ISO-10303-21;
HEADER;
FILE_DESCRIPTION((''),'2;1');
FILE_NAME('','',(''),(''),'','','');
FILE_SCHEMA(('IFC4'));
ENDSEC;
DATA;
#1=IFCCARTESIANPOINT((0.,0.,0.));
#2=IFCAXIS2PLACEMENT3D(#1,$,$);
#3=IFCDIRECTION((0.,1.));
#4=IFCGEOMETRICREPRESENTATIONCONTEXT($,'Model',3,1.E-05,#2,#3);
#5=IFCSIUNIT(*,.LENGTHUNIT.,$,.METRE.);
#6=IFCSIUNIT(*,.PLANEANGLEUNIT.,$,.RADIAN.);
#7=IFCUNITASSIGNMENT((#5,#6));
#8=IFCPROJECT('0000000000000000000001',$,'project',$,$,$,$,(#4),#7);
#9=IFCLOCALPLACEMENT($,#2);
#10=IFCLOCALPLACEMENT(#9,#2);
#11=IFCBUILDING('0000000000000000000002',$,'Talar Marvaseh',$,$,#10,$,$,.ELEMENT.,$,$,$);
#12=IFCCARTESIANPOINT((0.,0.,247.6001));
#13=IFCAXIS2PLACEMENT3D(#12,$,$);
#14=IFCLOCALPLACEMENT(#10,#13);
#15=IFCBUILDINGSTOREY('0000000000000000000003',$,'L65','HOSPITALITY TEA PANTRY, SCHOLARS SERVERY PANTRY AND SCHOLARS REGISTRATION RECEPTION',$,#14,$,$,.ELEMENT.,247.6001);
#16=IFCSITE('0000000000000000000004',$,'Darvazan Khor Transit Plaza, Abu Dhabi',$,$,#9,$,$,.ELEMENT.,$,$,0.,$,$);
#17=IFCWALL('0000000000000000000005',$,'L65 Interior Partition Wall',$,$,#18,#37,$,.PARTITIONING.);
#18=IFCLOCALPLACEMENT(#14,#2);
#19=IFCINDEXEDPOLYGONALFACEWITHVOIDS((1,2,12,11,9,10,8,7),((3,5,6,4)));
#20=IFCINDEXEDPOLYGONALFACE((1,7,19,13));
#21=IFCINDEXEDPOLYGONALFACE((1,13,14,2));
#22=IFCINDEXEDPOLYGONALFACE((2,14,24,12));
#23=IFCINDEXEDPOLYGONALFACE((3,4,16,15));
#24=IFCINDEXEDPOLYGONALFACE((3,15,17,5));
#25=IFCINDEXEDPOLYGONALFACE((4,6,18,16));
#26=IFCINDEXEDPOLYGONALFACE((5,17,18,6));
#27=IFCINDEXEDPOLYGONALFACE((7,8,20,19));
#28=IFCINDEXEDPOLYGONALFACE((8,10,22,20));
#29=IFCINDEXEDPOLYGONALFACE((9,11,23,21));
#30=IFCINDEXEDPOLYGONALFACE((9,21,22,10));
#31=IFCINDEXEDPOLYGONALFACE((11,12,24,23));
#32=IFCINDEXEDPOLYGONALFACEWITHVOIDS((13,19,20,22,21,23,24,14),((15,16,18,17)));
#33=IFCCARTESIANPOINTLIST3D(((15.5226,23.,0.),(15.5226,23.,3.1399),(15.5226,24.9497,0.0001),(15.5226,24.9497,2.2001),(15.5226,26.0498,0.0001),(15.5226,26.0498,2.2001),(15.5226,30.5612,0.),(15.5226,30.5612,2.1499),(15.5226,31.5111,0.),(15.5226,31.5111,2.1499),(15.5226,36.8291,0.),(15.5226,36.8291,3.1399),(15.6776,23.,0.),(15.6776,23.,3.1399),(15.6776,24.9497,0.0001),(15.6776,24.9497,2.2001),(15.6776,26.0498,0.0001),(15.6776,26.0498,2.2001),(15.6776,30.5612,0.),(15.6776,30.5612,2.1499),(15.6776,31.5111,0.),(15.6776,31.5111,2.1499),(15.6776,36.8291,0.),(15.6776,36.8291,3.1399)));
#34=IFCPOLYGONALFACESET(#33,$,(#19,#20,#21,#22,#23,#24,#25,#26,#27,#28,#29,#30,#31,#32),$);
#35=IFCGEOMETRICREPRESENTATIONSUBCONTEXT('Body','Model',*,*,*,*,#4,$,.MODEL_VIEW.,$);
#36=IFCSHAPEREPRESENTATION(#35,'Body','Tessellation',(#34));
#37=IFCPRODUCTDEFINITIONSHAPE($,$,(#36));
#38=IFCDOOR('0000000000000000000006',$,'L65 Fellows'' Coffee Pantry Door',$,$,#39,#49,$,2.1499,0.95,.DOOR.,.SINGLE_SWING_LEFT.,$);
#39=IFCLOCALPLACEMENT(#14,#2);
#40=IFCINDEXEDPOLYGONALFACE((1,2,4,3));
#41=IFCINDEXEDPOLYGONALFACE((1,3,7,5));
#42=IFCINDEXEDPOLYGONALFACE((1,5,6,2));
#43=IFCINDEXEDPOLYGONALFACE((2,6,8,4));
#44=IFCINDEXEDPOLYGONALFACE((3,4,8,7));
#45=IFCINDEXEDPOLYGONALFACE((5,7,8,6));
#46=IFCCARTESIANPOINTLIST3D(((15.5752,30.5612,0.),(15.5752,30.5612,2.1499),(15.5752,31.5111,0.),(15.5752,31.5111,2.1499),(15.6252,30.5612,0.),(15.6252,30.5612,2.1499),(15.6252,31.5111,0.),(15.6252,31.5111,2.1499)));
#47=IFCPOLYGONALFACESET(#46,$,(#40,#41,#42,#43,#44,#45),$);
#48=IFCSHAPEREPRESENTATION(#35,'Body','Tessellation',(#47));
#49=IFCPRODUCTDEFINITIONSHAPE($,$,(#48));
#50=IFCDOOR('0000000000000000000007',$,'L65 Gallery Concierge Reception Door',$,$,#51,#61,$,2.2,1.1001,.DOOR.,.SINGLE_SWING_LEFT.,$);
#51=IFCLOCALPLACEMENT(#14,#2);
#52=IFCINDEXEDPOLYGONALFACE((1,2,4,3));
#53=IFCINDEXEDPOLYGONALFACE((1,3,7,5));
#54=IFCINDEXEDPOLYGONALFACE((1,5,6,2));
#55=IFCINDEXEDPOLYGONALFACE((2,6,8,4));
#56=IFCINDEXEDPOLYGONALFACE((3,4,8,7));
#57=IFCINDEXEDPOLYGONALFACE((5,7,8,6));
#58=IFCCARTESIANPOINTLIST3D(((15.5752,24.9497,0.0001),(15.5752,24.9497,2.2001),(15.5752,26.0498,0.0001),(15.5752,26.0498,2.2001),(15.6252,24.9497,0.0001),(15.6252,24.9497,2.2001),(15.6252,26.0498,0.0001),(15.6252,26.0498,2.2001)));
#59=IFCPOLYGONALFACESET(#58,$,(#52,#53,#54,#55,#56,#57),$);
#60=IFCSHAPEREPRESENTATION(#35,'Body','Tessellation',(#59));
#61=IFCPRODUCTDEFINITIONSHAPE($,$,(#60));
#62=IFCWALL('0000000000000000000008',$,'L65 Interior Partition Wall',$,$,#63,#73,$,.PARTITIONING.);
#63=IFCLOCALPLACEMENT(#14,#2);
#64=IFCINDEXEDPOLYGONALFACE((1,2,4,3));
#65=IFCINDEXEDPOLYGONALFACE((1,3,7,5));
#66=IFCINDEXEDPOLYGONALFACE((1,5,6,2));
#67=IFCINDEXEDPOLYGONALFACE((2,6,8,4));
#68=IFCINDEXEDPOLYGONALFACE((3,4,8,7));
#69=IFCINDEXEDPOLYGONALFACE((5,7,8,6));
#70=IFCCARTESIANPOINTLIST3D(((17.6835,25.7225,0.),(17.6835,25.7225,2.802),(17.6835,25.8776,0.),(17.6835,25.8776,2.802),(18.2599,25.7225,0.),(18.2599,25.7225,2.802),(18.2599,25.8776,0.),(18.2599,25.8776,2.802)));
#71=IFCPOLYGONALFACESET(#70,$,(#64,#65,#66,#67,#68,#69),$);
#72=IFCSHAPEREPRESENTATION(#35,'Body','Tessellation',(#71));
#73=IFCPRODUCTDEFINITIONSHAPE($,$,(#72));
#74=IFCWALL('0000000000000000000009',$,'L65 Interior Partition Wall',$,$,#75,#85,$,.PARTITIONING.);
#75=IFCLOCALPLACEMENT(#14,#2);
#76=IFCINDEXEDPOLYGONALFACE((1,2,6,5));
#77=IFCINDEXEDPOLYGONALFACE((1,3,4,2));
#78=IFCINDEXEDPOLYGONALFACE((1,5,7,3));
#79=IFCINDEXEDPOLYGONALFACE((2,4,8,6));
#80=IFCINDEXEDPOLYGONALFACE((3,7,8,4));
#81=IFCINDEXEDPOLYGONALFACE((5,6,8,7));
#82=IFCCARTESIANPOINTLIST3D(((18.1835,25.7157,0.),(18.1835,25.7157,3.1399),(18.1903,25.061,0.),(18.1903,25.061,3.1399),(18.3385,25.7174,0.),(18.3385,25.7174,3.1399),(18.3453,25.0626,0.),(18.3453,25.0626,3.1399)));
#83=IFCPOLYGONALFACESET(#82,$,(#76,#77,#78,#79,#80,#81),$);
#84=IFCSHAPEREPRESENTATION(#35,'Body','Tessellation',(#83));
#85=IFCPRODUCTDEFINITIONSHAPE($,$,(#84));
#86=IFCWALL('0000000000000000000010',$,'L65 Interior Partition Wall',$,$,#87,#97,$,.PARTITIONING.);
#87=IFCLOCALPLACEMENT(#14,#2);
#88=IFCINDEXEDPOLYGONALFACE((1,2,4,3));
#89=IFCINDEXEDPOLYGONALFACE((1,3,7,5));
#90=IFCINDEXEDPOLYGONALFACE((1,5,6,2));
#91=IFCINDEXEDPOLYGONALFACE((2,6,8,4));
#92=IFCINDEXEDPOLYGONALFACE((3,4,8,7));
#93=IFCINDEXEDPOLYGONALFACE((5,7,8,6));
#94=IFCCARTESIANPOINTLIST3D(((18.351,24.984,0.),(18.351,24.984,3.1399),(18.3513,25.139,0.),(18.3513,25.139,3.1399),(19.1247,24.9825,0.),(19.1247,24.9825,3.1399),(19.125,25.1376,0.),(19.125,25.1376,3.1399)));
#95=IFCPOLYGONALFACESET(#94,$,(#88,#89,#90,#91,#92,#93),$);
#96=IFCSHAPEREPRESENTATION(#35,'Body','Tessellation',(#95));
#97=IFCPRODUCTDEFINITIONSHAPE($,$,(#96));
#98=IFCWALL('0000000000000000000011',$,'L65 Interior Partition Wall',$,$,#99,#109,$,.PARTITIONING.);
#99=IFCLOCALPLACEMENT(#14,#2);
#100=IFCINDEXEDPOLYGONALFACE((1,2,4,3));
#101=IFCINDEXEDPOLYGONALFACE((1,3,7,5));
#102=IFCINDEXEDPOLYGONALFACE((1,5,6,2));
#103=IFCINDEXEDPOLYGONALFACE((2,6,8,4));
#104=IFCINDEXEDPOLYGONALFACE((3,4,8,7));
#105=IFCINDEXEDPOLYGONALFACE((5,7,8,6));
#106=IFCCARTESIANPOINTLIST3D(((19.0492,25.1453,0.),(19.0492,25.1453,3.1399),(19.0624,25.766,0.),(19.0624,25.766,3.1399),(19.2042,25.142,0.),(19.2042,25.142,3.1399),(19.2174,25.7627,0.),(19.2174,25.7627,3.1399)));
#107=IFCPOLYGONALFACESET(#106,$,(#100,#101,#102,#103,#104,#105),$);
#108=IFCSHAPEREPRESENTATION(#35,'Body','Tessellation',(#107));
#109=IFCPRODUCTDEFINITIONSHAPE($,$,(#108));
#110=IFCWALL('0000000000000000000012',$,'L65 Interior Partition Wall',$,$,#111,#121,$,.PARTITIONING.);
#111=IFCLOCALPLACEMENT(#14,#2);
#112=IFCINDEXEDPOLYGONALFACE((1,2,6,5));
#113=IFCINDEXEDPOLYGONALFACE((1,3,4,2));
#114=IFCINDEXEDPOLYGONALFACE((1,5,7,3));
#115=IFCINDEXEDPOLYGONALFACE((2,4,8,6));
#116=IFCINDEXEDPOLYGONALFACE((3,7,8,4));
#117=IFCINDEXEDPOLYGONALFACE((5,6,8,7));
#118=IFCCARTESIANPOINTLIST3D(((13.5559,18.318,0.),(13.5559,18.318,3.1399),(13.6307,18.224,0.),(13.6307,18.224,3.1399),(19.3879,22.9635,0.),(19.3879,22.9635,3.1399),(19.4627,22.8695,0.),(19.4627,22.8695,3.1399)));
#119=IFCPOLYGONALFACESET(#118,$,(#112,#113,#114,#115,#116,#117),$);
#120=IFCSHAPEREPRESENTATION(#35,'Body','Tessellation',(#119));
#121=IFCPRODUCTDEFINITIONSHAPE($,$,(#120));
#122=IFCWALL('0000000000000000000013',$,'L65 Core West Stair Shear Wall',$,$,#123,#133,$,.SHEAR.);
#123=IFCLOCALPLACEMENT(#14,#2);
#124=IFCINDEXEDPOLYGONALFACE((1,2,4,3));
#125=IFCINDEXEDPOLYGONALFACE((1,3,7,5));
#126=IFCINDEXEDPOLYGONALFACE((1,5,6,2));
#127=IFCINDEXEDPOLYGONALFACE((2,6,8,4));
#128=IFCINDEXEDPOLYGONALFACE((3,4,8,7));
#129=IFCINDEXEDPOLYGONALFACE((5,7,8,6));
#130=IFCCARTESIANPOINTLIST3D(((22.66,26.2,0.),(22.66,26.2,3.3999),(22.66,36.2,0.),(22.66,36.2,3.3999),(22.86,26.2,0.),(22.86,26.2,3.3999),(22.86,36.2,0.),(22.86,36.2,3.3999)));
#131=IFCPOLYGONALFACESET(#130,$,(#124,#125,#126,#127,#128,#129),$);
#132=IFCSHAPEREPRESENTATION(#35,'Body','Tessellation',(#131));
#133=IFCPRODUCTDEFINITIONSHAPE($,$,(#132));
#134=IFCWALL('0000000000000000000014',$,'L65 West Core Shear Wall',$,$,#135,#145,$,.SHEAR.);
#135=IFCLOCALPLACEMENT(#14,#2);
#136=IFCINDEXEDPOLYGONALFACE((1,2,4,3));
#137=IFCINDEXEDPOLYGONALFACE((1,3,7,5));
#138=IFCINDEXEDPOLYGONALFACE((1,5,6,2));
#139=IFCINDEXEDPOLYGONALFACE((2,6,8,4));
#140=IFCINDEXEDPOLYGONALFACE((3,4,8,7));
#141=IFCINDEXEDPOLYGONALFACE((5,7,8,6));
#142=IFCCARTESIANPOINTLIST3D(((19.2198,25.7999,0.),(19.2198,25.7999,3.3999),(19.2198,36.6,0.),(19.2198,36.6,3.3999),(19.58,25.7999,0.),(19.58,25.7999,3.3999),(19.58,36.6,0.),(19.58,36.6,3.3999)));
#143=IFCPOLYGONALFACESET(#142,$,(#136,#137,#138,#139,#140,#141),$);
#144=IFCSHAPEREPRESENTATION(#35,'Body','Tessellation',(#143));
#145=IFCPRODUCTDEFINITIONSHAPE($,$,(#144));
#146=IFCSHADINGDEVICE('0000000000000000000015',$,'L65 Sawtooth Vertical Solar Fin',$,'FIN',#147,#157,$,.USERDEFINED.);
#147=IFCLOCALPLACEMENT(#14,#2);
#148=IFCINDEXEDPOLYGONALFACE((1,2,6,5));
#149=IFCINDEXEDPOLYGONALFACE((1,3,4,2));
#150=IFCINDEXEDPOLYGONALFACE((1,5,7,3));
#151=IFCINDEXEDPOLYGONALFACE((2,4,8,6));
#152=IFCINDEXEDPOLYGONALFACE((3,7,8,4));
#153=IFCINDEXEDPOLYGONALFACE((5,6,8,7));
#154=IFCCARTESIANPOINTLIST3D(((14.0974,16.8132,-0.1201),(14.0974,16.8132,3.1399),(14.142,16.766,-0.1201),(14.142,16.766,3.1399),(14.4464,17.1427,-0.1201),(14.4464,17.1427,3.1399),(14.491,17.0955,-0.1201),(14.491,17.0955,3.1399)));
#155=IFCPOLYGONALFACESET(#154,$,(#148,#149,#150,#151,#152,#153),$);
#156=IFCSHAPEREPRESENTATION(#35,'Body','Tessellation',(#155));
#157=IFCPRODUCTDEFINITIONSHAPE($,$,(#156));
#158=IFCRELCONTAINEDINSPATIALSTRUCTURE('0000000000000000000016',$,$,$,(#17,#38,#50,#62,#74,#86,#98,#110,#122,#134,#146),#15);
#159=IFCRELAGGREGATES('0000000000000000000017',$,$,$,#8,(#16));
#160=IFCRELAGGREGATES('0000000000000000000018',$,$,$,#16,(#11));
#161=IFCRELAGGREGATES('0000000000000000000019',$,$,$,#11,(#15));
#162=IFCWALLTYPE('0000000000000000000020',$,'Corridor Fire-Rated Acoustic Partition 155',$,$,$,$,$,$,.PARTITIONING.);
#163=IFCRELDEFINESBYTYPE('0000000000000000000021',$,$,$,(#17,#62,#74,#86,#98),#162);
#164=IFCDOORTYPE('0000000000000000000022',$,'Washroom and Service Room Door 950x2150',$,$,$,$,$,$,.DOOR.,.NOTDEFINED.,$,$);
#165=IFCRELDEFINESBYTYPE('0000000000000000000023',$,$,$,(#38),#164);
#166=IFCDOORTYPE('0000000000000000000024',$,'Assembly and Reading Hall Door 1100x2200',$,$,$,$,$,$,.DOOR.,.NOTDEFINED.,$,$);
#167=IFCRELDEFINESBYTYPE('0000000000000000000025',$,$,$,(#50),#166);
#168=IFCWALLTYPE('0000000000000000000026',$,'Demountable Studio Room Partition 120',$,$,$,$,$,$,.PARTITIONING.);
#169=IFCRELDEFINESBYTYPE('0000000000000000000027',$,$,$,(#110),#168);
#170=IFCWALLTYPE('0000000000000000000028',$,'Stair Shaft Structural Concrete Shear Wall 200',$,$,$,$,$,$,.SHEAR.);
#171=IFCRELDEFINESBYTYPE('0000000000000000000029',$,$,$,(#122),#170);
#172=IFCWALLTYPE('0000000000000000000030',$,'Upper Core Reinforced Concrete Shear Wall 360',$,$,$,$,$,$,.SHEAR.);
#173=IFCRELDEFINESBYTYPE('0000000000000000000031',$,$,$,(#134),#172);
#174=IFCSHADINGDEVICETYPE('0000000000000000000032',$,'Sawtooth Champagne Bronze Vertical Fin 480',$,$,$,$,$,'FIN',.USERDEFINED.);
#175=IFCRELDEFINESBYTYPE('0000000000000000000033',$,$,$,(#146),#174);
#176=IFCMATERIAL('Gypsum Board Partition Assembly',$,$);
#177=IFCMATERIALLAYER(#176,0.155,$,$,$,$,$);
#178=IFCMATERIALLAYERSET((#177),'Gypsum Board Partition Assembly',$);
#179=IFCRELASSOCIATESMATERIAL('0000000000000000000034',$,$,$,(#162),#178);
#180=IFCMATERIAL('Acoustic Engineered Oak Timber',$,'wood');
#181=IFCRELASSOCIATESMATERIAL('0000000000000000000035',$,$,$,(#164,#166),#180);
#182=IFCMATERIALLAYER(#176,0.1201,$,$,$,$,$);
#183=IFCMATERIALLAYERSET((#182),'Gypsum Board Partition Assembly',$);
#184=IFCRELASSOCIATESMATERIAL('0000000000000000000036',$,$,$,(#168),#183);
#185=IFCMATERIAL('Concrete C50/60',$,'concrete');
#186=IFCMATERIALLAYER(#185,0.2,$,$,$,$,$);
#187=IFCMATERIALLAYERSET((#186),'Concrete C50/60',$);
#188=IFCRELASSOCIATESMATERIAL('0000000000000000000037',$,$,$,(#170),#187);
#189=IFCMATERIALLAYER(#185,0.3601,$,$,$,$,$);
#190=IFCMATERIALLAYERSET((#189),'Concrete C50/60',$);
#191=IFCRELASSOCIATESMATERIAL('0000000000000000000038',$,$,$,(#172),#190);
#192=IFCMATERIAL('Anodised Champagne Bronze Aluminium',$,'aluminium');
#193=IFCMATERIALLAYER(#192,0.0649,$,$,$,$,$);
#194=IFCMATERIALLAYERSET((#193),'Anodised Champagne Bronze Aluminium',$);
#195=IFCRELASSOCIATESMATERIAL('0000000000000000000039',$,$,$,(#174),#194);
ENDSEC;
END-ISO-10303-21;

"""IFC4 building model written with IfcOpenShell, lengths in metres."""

from ifc_helpers import new_model, si_unit, direction, frame, frame_2d, origin, origin_2d, place, context, subcontext, project, spatial, rectangle, extrude, source, transform, mapped, material, layer, layer_set, type_object, type_shapes, element, fill, save


model = new_model("IFC4")

# Units and contexts
model_context = context("Model", 3, precision=1e-05, world=origin(), true_north=direction((0.0, 1.0)))
body_context = subcontext(model_context, "Body", "Model", "MODEL_VIEW")
ifc_project = project(units=[si_unit("LENGTHUNIT", "METRE"), si_unit("PLANEANGLEUNIT", "RADIAN")], contexts=[model_context])

# Site, building, storey
site_placement = place(None, origin())
site = spatial("IfcSite", under=ifc_project, at=site_placement, Name="Darvazan Khor Transit Plaza, Abu Dhabi", CompositionType="ELEMENT", RefElevation=0.0)
building_placement = place(site_placement, origin())
building = spatial("IfcBuilding", under=site, at=building_placement, Name="Talar Marvaseh", CompositionType="ELEMENT")
storey_placement = place(building_placement, frame((0.0, 0.0, 247.6001)))
storey = spatial("IfcBuildingStorey", under=building, at=storey_placement, Name="L65", Description="HOSPITALITY TEA PANTRY, SCHOLARS SERVERY PANTRY AND SCHOLARS REGISTRATION RECEPTION", CompositionType="ELEMENT", Elevation=247.6001)

# Shared definitions
ifc_material_1 = material(Name="Concrete C50/60", Category="concrete")

# Wall, openings, doors
ifc_material_2 = material(Name="Gypsum Board Partition Assembly")
ifc_layer_1 = layer(ifc_material_2, 0.155)
ifc_layer_set_1 = layer_set([ifc_layer_1], Name="Gypsum Board Partition Assembly")
wall_type_1 = type_object("IfcWallType", Name="Corridor Fire-Rated Acoustic Partition 155", PredefinedType="PARTITIONING", material=ifc_layer_set_1)
wall_1_placement = place(storey_placement, frame((15.6001, 23.0, 0.0), z_axis=(0.0, 0.0, 1.0), x_axis=(0.0, 1.0, 0.0)))
wall_1 = element("IfcWall", 1, at=wall_1_placement, inside=storey, type_object=wall_type_1, Name="L65 Interior Partition Wall", PredefinedType="PARTITIONING", context=body_context, shape_type="SweptSolid", body=[
    extrude(rectangle(XDim=13.8291, YDim=0.155, at=frame_2d((6.9146, 0.0))), origin(), (0.0, 0.0, 1.0), 3.1399),
])
opening_1_placement = place(wall_1_placement, frame((1.9497, 0.0, 0.0)))
opening_1 = element("IfcOpeningElement", 2, at=opening_1_placement, cuts=wall_1, PredefinedType="OPENING", context=body_context, shape_type="SweptSolid", body=[
    extrude(rectangle(XDim=1.1001, YDim=2.2, at=frame_2d((0.55, 1.1001))), frame((0.0, 0.0874, 0.0), z_axis=(0.0, -1.0, 0.0), x_axis=(1.0, 0.0, 0.0)), (0.0, 0.0, 1.0), 0.175),
])
opening_2_placement = place(wall_1_placement, frame((7.561, 0.0, 0.0)))
opening_2 = element("IfcOpeningElement", 3, at=opening_2_placement, cuts=wall_1, PredefinedType="OPENING", context=body_context, shape_type="SweptSolid", body=[
    extrude(rectangle(XDim=0.95, YDim=2.1499, at=frame_2d((0.4751, 1.075))), frame((0.0, 0.0874, 0.0), z_axis=(0.0, -1.0, 0.0), x_axis=(1.0, 0.0, 0.0)), (0.0, 0.0, 1.0), 0.175),
])
ifc_material_3 = material(Name="Acoustic Engineered Oak Timber", Category="wood")
door_type_1 = type_object("IfcDoorType", Name="Washroom and Service Room Door 950x2150", OperationType="NOTDEFINED", PredefinedType="DOOR", material=ifc_material_3)
shared_shape_1 = source(origin(), body_context, "Body", "SweptSolid", [
    extrude(rectangle(XDim=0.95, YDim=2.1499, at=frame_2d((0.4751, 1.075))), frame((0.0, 0.0249, 0.0), z_axis=(0.0, -1.0, 0.0), x_axis=(1.0, 0.0, 0.0)), (0.0, 0.0, 1.0), 0.05),
])
type_shapes(door_type_1, [shared_shape_1])
door_1_placement = place(opening_2_placement, origin())
door_1 = element("IfcDoor", 4, at=door_1_placement, inside=storey, type_object=door_type_1, Name="L65 Fellows' Coffee Pantry Door", OperationType="SINGLE_SWING_LEFT", OverallHeight=2.1499, OverallWidth=0.95, PredefinedType="DOOR", context=body_context, shape_type="MappedRepresentation", body=[
    mapped(shared_shape_1, transform((0.0, 0.0, 0.0), x_axis=(1.0, 0.0, 0.0), y_axis=(0.0, 1.0, 0.0), z_axis=(0.0, 0.0, 1.0), scale=1.0)),
])
fill(opening_2, door_1)
door_type_2 = type_object("IfcDoorType", Name="Assembly and Reading Hall Door 1100x2200", OperationType="NOTDEFINED", PredefinedType="DOOR", material=ifc_material_3)
shared_shape_2 = source(origin(), body_context, "Body", "SweptSolid", [
    extrude(rectangle(XDim=1.1001, YDim=2.2, at=frame_2d((0.55, 1.1001))), frame((0.0, 0.0249, 0.0), z_axis=(0.0, -1.0, 0.0), x_axis=(1.0, 0.0, 0.0)), (0.0, 0.0, 1.0), 0.05),
])
type_shapes(door_type_2, [shared_shape_2])
door_2_placement = place(opening_1_placement, origin())
door_2 = element("IfcDoor", 5, at=door_2_placement, inside=storey, type_object=door_type_2, Name="L65 Gallery Concierge Reception Door", OperationType="SINGLE_SWING_LEFT", OverallHeight=2.2, OverallWidth=1.1001, PredefinedType="DOOR", context=body_context, shape_type="MappedRepresentation", body=[
    mapped(shared_shape_2, transform((0.0, 0.0, 0.0), x_axis=(1.0, 0.0, 0.0), y_axis=(0.0, 1.0, 0.0), z_axis=(0.0, 0.0, 1.0), scale=1.0)),
])
fill(opening_1, door_2)

# Walls
wall_2_placement = place(storey_placement, frame((17.6836, 25.8, 0.0), z_axis=(0.0, 0.0, 1.0), x_axis=(1.0, 0.0, 0.0)))
element("IfcWall", 6, at=wall_2_placement, inside=storey, type_object=wall_type_1, Name="L65 Interior Partition Wall", PredefinedType="PARTITIONING", context=body_context, shape_type="SweptSolid", body=[
    extrude(rectangle(XDim=0.5764, YDim=0.155, at=frame_2d((0.2881, 0.0))), origin(), (0.0, 0.0, 1.0), 2.802),
])
wall_3_placement = place(storey_placement, frame((18.261, 25.7166, 0.0), z_axis=(0.0, 0.0, 1.0), x_axis=(0.010439, -0.999946, 0.0)))
element("IfcWall", 7, at=wall_3_placement, inside=storey, type_object=wall_type_1, Name="L65 Interior Partition Wall", PredefinedType="PARTITIONING", context=body_context, shape_type="SweptSolid", body=[
    extrude(rectangle(XDim=0.6548, YDim=0.155, at=frame_2d((0.3274, 0.0))), origin(), (0.0, 0.0, 1.0), 3.1399),
])
wall_4_placement = place(storey_placement, frame((18.3513, 25.0615, 0.0), z_axis=(0.0, 0.0, 1.0), x_axis=(0.999998, -0.001893, 0.0)))
element("IfcWall", 8, at=wall_4_placement, inside=storey, type_object=wall_type_1, Name="L65 Interior Partition Wall", PredefinedType="PARTITIONING", context=body_context, shape_type="SweptSolid", body=[
    extrude(rectangle(XDim=0.7737, YDim=0.155, at=frame_2d((0.3867, 0.0))), origin(), (0.0, 0.0, 1.0), 3.1399),
])
wall_5_placement = place(storey_placement, frame((19.1267, 25.1436, 0.0), z_axis=(0.0, 0.0, 1.0), x_axis=(0.021238, 0.999774, 0.0)))
element("IfcWall", 9, at=wall_5_placement, inside=storey, type_object=wall_type_1, Name="L65 Interior Partition Wall", PredefinedType="PARTITIONING", context=body_context, shape_type="SweptSolid", body=[
    extrude(rectangle(XDim=0.6208, YDim=0.155, at=frame_2d((0.3105, 0.0))), origin(), (0.0, 0.0, 1.0), 3.1399),
])
ifc_layer_2 = layer(ifc_material_2, 0.1201)
ifc_layer_set_2 = layer_set([ifc_layer_2], Name="Gypsum Board Partition Assembly")
wall_type_2 = type_object("IfcWallType", Name="Demountable Studio Room Partition 120", PredefinedType="PARTITIONING", material=ifc_layer_set_2)
wall_6_placement = place(storey_placement, frame((19.4253, 22.9165, 0.0), z_axis=(0.0, 0.0, 1.0), x_axis=(-0.782183, -0.623048, 0.0)))
element("IfcWall", 10, at=wall_6_placement, inside=storey, type_object=wall_type_2, Name="L65 Interior Partition Wall", PredefinedType="PARTITIONING", context=body_context, shape_type="SweptSolid", body=[
    extrude(rectangle(XDim=7.4561, YDim=0.1201, at=frame_2d((3.728, 0.0))), origin(), (0.0, 0.0, 1.0), 3.1399),
])
ifc_layer_3 = layer(ifc_material_1, 0.2)
ifc_layer_set_3 = layer_set([ifc_layer_3], Name="Concrete C50/60")
wall_type_3 = type_object("IfcWallType", Name="Stair Shaft Structural Concrete Shear Wall 200", PredefinedType="SHEAR", material=ifc_layer_set_3)
wall_7_placement = place(storey_placement, frame((22.76, 26.2, 0.0), z_axis=(0.0, 0.0, 1.0), x_axis=(0.0, 1.0, 0.0)))
element("IfcWall", 11, at=wall_7_placement, inside=storey, type_object=wall_type_3, Name="L65 Core West Stair Shear Wall", PredefinedType="SHEAR", context=body_context, shape_type="SweptSolid", body=[
    extrude(rectangle(XDim=10.0, YDim=0.2, at=frame_2d((5.0, 0.0))), origin(), (0.0, 0.0, 1.0), 3.3999),
])
ifc_layer_4 = layer(ifc_material_1, 0.3601)
ifc_layer_set_4 = layer_set([ifc_layer_4], Name="Concrete C50/60")
wall_type_4 = type_object("IfcWallType", Name="Upper Core Reinforced Concrete Shear Wall 360", PredefinedType="SHEAR", material=ifc_layer_set_4)
wall_8_placement = place(storey_placement, frame((19.3999, 25.8, 0.0), z_axis=(0.0, 0.0, 1.0), x_axis=(0.0, 1.0, 0.0)))
element("IfcWall", 12, at=wall_8_placement, inside=storey, type_object=wall_type_4, Name="L65 West Core Shear Wall", PredefinedType="SHEAR", context=body_context, shape_type="SweptSolid", body=[
    extrude(rectangle(XDim=10.8, YDim=0.3601, at=frame_2d((5.3999, 0.0))), origin(), (0.0, 0.0, 1.0), 3.3999),
])

# Shading device
ifc_material_4 = material(Name="Anodised Champagne Bronze Aluminium", Category="aluminium")
ifc_layer_5 = layer(ifc_material_4, 0.0649)
ifc_layer_set_5 = layer_set([ifc_layer_5], Name="Anodised Champagne Bronze Aluminium")
shading_device_type_1 = type_object("IfcShadingDeviceType", Name="Sawtooth Champagne Bronze Vertical Fin 480", ElementType="FIN", PredefinedType="USERDEFINED", material=ifc_layer_set_5)
shared_shape_3 = source(origin(), body_context, "Body", "SweptSolid", [
    extrude(rectangle(XDim=0.48, YDim=0.0649, at=origin_2d()), origin(), (0.0, 0.0, 1.0), 3.26),
])
type_shapes(shading_device_type_1, [shared_shape_3])
shading_device_1_placement = place(storey_placement, frame((14.2942, 16.9543, -0.1201), z_axis=(0.0, 0.0, 1.0), x_axis=(-0.727174, -0.686453, 0.0)))
element("IfcShadingDevice", 13, at=shading_device_1_placement, inside=storey, type_object=shading_device_type_1, Name="L65 Sawtooth Vertical Solar Fin", ObjectType="FIN", PredefinedType="USERDEFINED", context=body_context, shape_type="MappedRepresentation", body=[
    mapped(shared_shape_3, transform((0.0, 0.0, 0.0), x_axis=(1.0, 0.0, 0.0), y_axis=(0.0, 1.0, 0.0), z_axis=(0.0, 0.0, 1.0), scale=1.0)),
])

save(model, "model.ifc")
